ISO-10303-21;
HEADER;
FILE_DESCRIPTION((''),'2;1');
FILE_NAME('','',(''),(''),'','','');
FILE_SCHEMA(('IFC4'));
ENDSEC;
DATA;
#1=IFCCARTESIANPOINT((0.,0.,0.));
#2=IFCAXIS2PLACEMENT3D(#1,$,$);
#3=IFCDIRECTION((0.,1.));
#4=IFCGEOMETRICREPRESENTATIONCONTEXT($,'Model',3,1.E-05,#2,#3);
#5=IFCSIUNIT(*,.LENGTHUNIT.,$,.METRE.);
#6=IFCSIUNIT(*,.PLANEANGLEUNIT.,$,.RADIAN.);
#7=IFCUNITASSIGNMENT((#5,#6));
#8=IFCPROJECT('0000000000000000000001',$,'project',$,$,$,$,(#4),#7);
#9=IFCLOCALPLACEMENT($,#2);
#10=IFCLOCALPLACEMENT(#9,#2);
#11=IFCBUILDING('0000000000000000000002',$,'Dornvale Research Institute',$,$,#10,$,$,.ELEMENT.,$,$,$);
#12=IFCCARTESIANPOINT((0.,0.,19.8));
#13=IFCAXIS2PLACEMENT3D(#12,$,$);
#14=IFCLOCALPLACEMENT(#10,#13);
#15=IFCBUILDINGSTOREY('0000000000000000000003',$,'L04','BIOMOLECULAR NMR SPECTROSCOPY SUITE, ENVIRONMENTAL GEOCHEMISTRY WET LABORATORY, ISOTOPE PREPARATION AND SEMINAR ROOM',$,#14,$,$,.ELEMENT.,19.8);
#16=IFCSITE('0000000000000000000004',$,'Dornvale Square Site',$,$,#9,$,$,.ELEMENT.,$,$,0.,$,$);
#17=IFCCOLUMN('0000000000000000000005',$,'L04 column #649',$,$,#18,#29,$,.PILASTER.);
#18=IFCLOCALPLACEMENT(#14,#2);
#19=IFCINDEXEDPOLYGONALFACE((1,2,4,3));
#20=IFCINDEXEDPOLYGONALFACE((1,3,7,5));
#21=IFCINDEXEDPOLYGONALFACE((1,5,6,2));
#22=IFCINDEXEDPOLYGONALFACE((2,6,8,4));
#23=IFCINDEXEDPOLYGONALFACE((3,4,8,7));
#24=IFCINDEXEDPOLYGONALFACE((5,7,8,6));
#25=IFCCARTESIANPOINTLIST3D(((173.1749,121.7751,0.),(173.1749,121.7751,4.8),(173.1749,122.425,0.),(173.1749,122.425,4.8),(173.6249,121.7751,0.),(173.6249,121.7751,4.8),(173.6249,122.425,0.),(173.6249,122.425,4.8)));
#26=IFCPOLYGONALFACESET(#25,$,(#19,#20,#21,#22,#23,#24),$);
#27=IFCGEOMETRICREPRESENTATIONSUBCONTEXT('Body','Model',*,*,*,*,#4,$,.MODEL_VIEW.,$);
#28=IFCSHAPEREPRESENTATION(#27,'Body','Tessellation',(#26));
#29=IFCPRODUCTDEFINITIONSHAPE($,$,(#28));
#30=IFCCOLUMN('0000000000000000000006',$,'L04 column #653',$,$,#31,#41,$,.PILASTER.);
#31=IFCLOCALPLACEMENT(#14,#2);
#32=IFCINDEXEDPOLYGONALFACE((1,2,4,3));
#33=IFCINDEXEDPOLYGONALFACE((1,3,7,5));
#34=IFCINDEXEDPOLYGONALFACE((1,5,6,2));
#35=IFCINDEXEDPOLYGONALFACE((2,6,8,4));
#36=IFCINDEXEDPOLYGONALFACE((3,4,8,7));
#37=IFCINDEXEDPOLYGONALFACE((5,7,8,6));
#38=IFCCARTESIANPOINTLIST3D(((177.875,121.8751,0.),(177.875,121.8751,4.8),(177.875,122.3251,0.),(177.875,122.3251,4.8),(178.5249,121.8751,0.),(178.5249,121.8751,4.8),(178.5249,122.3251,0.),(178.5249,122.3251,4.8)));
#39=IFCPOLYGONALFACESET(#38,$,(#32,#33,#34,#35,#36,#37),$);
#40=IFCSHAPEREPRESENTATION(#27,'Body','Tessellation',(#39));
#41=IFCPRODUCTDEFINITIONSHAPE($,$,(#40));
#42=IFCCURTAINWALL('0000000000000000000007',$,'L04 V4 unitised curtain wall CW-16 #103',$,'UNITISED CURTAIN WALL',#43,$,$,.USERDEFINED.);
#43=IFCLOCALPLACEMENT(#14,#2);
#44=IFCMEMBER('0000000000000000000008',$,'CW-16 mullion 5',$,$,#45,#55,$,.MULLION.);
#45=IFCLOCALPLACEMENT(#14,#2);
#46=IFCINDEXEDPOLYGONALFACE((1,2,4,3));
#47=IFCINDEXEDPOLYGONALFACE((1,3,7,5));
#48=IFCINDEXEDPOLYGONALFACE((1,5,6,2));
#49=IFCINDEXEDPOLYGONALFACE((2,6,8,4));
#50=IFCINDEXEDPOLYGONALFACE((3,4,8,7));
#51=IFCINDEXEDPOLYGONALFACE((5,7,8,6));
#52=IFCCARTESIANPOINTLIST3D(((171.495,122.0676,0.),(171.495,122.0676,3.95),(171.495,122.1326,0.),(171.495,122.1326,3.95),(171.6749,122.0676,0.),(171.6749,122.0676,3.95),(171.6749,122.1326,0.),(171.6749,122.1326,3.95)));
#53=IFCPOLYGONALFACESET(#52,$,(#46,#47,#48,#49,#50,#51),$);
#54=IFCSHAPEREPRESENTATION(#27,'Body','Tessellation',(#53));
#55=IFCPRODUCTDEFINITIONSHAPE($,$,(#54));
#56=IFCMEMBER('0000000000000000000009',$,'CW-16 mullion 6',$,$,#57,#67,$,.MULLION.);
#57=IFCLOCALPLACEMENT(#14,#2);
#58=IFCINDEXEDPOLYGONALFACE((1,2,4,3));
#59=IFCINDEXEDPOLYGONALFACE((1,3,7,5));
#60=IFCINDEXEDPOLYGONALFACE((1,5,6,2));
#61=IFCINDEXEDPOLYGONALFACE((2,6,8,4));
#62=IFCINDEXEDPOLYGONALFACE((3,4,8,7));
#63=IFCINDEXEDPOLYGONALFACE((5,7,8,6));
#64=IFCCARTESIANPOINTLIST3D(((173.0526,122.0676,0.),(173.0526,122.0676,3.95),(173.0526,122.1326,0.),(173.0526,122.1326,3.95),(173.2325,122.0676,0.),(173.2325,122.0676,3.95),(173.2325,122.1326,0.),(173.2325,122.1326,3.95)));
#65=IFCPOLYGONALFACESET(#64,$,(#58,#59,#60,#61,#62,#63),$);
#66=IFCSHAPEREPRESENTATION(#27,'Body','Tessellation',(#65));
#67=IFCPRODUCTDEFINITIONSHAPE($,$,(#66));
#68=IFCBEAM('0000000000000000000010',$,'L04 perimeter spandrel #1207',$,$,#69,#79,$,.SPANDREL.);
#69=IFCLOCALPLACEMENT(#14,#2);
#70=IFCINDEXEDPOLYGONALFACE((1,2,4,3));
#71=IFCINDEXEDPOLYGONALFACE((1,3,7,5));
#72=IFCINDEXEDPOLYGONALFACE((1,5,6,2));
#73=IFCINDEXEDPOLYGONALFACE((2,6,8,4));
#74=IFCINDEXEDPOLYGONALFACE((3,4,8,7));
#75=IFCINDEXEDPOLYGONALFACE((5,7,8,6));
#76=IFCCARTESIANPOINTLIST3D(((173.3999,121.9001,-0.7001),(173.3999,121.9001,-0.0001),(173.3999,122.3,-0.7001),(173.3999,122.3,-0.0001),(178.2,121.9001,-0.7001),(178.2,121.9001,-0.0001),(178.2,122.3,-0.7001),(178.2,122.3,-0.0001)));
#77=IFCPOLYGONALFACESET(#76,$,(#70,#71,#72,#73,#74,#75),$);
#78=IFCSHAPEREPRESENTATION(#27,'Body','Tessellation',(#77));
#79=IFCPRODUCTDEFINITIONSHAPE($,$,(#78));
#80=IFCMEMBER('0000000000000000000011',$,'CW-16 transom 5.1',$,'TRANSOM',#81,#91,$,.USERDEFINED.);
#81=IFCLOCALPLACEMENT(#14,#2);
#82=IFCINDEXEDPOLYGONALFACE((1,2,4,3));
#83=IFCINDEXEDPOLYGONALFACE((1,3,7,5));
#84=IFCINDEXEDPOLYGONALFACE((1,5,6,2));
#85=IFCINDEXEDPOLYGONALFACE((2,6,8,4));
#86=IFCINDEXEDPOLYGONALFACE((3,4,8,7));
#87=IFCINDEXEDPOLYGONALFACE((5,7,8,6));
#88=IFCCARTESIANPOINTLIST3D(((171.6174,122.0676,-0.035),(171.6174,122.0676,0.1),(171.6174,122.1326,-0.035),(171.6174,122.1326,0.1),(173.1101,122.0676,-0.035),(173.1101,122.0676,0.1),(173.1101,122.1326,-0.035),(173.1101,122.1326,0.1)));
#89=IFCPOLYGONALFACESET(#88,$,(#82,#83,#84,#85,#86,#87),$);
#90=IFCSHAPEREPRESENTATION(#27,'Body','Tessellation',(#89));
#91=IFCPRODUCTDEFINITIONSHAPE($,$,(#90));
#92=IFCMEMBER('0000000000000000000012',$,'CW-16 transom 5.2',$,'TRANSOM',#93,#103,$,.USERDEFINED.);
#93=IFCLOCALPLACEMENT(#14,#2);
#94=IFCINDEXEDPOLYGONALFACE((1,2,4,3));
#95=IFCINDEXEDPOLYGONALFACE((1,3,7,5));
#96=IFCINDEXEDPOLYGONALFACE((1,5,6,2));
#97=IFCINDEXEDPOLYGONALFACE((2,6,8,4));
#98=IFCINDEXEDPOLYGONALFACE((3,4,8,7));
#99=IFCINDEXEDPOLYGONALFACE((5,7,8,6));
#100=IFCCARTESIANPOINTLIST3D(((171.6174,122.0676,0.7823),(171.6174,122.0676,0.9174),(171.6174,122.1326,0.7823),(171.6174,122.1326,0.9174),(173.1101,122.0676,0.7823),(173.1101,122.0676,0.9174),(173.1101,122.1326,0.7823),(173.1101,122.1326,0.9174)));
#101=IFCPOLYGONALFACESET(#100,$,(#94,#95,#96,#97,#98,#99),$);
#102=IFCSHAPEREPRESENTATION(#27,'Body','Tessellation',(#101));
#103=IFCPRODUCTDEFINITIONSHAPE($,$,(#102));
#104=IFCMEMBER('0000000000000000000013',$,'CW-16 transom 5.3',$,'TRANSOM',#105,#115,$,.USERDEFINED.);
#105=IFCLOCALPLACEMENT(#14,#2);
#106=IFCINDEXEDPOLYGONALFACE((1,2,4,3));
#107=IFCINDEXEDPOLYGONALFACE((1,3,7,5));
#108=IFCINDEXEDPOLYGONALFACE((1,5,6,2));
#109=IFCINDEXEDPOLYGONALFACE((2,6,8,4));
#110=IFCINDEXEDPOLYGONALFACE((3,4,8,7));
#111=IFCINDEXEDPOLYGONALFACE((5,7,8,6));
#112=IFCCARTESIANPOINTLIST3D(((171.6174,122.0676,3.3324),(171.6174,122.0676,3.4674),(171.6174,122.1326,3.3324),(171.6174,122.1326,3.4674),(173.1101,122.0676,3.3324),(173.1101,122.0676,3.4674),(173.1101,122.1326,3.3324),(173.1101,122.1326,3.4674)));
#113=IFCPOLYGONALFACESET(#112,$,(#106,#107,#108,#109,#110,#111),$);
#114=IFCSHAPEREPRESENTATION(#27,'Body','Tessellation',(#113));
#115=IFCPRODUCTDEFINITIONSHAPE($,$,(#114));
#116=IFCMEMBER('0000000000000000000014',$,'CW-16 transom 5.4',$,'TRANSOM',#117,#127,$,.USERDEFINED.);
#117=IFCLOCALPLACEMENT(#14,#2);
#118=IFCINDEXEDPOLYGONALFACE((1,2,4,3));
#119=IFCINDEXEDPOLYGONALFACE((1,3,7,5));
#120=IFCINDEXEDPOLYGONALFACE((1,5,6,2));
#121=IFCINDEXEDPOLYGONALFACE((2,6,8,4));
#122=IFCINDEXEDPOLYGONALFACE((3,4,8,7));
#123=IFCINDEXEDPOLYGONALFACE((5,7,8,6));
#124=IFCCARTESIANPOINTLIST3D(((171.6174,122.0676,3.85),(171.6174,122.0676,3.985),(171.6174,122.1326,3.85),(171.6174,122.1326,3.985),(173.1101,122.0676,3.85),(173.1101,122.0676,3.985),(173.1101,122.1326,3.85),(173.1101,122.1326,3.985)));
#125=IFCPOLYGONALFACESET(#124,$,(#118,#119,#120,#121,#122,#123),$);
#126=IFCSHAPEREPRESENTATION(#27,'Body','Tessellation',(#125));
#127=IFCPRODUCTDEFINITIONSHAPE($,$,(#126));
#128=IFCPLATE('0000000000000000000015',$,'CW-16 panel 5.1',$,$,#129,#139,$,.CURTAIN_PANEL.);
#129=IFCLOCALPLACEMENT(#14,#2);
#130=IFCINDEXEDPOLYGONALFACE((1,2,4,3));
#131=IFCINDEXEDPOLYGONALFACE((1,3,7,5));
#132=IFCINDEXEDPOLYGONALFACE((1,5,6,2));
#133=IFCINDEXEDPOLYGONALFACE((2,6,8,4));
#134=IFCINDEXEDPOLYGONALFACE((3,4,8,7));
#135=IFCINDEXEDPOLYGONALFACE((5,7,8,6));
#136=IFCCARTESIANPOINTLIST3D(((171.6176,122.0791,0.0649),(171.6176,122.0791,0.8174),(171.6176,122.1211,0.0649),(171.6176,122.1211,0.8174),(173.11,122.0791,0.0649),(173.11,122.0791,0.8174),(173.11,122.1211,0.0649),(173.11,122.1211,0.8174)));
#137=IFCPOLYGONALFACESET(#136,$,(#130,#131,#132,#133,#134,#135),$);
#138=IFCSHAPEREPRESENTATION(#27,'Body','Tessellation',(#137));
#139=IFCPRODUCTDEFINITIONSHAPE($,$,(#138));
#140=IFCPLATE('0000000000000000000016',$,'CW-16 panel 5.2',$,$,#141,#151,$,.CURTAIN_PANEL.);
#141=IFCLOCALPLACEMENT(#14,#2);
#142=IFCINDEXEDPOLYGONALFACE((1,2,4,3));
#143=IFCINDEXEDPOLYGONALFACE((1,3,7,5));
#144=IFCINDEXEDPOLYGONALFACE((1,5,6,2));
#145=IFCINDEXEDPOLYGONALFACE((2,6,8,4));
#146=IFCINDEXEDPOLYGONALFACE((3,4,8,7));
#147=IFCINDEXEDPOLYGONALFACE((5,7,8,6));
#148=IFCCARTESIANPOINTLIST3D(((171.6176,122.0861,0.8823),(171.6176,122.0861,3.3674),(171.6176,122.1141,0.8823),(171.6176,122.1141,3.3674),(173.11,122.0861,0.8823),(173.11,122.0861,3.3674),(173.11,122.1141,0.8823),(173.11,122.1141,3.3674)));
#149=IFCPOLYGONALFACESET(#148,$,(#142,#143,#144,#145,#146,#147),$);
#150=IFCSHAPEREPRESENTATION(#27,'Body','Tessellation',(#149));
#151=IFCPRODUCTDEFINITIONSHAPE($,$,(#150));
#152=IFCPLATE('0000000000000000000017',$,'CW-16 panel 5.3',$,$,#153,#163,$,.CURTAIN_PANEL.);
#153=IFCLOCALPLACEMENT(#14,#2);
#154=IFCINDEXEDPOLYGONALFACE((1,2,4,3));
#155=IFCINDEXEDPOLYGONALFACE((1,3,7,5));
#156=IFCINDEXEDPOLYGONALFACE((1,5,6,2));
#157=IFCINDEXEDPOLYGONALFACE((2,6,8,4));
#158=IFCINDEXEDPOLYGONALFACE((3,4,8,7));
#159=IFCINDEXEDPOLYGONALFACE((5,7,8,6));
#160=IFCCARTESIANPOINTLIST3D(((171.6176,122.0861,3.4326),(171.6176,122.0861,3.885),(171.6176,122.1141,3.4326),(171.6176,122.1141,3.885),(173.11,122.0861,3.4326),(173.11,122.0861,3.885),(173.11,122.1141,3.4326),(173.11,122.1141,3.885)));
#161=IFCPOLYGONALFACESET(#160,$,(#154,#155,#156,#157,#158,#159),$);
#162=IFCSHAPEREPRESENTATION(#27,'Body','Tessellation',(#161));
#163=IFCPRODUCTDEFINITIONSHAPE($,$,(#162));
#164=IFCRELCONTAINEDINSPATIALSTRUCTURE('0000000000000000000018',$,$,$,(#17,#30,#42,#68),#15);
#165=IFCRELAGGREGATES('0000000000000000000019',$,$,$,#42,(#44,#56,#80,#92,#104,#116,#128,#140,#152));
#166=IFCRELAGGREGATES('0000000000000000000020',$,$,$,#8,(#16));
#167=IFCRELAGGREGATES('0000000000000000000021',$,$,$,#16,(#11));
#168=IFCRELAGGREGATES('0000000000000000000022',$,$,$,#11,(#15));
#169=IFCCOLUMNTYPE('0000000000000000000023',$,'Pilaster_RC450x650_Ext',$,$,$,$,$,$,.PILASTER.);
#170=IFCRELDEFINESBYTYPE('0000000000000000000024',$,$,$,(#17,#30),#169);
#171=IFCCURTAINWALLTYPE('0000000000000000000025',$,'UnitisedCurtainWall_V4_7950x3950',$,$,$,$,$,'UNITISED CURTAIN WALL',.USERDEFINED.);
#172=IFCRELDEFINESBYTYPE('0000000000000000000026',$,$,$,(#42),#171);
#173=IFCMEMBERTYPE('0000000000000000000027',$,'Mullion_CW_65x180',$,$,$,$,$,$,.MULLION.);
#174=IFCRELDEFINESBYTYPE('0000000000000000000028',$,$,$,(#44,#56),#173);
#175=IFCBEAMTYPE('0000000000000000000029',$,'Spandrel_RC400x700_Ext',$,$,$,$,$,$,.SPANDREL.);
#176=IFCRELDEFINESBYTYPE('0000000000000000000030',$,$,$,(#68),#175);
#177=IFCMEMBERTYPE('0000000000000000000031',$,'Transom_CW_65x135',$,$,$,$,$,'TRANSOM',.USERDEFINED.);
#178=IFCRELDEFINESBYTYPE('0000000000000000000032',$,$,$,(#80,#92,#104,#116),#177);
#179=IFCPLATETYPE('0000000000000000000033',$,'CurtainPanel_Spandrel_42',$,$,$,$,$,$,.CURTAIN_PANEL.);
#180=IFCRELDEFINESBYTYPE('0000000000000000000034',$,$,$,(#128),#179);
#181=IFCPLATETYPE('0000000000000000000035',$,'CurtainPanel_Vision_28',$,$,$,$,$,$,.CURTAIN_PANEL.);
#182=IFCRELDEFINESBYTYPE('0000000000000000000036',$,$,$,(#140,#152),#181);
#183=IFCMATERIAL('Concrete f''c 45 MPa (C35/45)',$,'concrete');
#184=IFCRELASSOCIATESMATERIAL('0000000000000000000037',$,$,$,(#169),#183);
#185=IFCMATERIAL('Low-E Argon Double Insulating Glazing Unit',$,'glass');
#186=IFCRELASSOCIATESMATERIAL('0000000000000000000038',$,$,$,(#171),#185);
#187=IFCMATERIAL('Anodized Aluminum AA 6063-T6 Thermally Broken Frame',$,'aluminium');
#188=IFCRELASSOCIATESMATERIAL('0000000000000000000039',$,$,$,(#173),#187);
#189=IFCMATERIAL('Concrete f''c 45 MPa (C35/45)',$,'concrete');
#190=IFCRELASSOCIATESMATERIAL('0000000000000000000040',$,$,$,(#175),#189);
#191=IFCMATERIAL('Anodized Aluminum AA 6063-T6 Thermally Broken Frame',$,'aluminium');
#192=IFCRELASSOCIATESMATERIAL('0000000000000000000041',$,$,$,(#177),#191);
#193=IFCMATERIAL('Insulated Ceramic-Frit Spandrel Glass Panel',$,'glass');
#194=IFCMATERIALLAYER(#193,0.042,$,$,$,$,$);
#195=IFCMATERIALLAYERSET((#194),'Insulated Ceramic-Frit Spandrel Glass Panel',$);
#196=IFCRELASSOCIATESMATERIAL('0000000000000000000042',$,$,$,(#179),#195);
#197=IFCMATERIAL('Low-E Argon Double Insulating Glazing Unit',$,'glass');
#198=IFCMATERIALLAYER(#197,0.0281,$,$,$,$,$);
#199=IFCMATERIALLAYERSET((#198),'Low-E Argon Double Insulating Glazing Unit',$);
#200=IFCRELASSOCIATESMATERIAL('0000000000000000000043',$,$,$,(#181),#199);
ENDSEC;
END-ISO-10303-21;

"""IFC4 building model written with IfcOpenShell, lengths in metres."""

from ifc_helpers import new_model, si_unit, direction, frame, origin, origin_2d, place, context, subcontext, project, spatial, rectangle, extrude, material, layer, layer_set, material_profile, profile_set, type_object, element, aggregate, save


model = new_model("IFC4")

# Units and contexts
model_context = context("Model", 3, precision=1e-05, world=origin(), true_north=direction((0.0, 1.0)))
body_context = subcontext(model_context, "Body", "Model", "MODEL_VIEW")
ifc_project = project(units=[si_unit("LENGTHUNIT", "METRE"), si_unit("PLANEANGLEUNIT", "RADIAN")], contexts=[model_context])

# Site, building, storey
site_placement = place(None, origin())
site = spatial("IfcSite", under=ifc_project, at=site_placement, Name="Dornvale Square Site", CompositionType="ELEMENT", RefElevation=0.0)
building_placement = place(site_placement, origin())
building = spatial("IfcBuilding", under=site, at=building_placement, Name="Dornvale Research Institute", CompositionType="ELEMENT")
storey_placement = place(building_placement, frame((0.0, 0.0, 19.8)))
storey = spatial("IfcBuildingStorey", under=building, at=storey_placement, Name="L04", Description="BIOMOLECULAR NMR SPECTROSCOPY SUITE, ENVIRONMENTAL GEOCHEMISTRY WET LABORATORY, ISOTOPE PREPARATION AND SEMINAR ROOM", CompositionType="ELEMENT", Elevation=19.8)

# Columns
ifc_material_1 = material(Name="Concrete f'c 45 MPa (C35/45)", Category="concrete")
ifc_material_profile_1 = material_profile(ifc_material_1, rectangle(XDim=0.45, YDim=0.6499, at=origin_2d()), Name="RC 450x650")
ifc_profile_set_1 = profile_set([ifc_material_profile_1], Name="Concrete f'c 45 MPa (C35/45)")
column_type = type_object("IfcColumnType", Name="Pilaster_RC450x650_Ext", PredefinedType="PILASTER", material=ifc_profile_set_1)
for number, where, z_axis, x_axis, name in (
    (1, (173.3999, 122.1001, 0.0), (0.0, 0.0, 1.0), (1.0, 0.0, 0.0), "L04 column #649"),
    (2, (178.2, 122.1001, 0.0), (0.0, 0.0, 1.0), (0.0, 1.0, 0.0), "L04 column #653"),
):
    element("IfcColumn", number, at=place(storey_placement, frame(where, z_axis=z_axis, x_axis=x_axis)), inside=storey, type_object=column_type, Name=name, PredefinedType="PILASTER", context=body_context, shape_type="SweptSolid", body=[
        extrude(rectangle(XDim=0.45, YDim=0.6499, at=origin_2d()), origin(), (0.0, 0.0, 1.0), 4.8),
    ])

# Curtain wall, members
ifc_material_2 = material(Name="Low-E Argon Double Insulating Glazing Unit", Category="glass")
curtain_wall_type = type_object("IfcCurtainWallType", Name="UnitisedCurtainWall_V4_7950x3950", ElementType="UNITISED CURTAIN WALL", PredefinedType="USERDEFINED", material=ifc_material_2)
curtain_wall_placement = place(storey_placement, origin())
curtain_wall = element("IfcCurtainWall", 3, at=curtain_wall_placement, inside=storey, type_object=curtain_wall_type, Name="L04 V4 unitised curtain wall CW-16 #103", ObjectType="UNITISED CURTAIN WALL", PredefinedType="USERDEFINED")
ifc_material_3 = material(Name="Anodized Aluminum AA 6063-T6 Thermally Broken Frame", Category="aluminium")
ifc_material_profile_2 = material_profile(ifc_material_3, rectangle(XDim=0.0649, YDim=0.1799, at=origin_2d()), Name="ALU MULLION 65x180")
ifc_profile_set_2 = profile_set([ifc_material_profile_2], Name="Anodized Aluminum AA 6063-T6 Thermally Broken Frame")
member_type_1 = type_object("IfcMemberType", Name="Mullion_CW_65x180", PredefinedType="MULLION", material=ifc_profile_set_2)
member_1_placement = place(storey_placement, frame((171.585, 122.1001, 0.0), z_axis=(0.0, 0.0, 1.0), x_axis=(0.0, 1.0, 0.0)))
member_1 = element("IfcMember", 4, at=member_1_placement, type_object=member_type_1, Name="CW-16 mullion 5", PredefinedType="MULLION", context=body_context, shape_type="SweptSolid", body=[
    extrude(rectangle(XDim=0.0649, YDim=0.1799, at=origin_2d()), origin(), (0.0, 0.0, 1.0), 3.95),
])
member_2_placement = place(storey_placement, frame((173.1426, 122.1001, 0.0), z_axis=(0.0, 0.0, 1.0), x_axis=(0.0, 1.0, 0.0)))
member_2 = element("IfcMember", 5, at=member_2_placement, type_object=member_type_1, Name="CW-16 mullion 6", PredefinedType="MULLION", context=body_context, shape_type="SweptSolid", body=[
    extrude(rectangle(XDim=0.0649, YDim=0.1799, at=origin_2d()), origin(), (0.0, 0.0, 1.0), 3.95),
])

# Beam
ifc_material_4 = material(Name="Concrete f'c 45 MPa (C35/45)", Category="concrete")
ifc_material_profile_3 = material_profile(ifc_material_4, rectangle(XDim=0.3999, YDim=0.7, at=origin_2d()), Name="RC 400x700")
ifc_profile_set_3 = profile_set([ifc_material_profile_3], Name="Concrete f'c 45 MPa (C35/45)")
beam_type = type_object("IfcBeamType", Name="Spandrel_RC400x700_Ext", PredefinedType="SPANDREL", material=ifc_profile_set_3)
beam_placement = place(storey_placement, frame((173.3999, 122.1001, -0.3501), z_axis=(1.0, 0.0, 0.0), x_axis=(0.0, 1.0, 0.0)))
element("IfcBeam", 6, at=beam_placement, inside=storey, type_object=beam_type, Name="L04 perimeter spandrel #1207", PredefinedType="SPANDREL", context=body_context, shape_type="SweptSolid", body=[
    extrude(rectangle(XDim=0.3999, YDim=0.7, at=origin_2d()), origin(), (0.0, 0.0, 1.0), 4.8),
])

# Members
ifc_material_5 = material(Name="Anodized Aluminum AA 6063-T6 Thermally Broken Frame", Category="aluminium")
ifc_material_profile_4 = material_profile(ifc_material_5, rectangle(XDim=0.0649, YDim=0.135, at=origin_2d()), Name="ALU TRANSOM 65x135")
ifc_profile_set_4 = profile_set([ifc_material_profile_4], Name="Anodized Aluminum AA 6063-T6 Thermally Broken Frame")
member_type_2 = type_object("IfcMemberType", Name="Transom_CW_65x135", ElementType="TRANSOM", PredefinedType="USERDEFINED", material=ifc_profile_set_4)
member_3_placement = place(storey_placement, frame((171.6174, 122.1001, 0.0325), z_axis=(1.0, 0.0, 0.0), x_axis=(0.0, 1.0, 0.0)))
member_3 = element("IfcMember", 7, at=member_3_placement, type_object=member_type_2, Name="CW-16 transom 5.1", ObjectType="TRANSOM", PredefinedType="USERDEFINED", context=body_context, shape_type="SweptSolid", body=[
    extrude(rectangle(XDim=0.0649, YDim=0.135, at=origin_2d()), origin(), (0.0, 0.0, 1.0), 1.4927),
])
member_4_placement = place(storey_placement, frame((171.6174, 122.1001, 0.8499), z_axis=(1.0, 0.0, 0.0), x_axis=(0.0, 1.0, 0.0)))
member_4 = element("IfcMember", 8, at=member_4_placement, type_object=member_type_2, Name="CW-16 transom 5.2", ObjectType="TRANSOM", PredefinedType="USERDEFINED", context=body_context, shape_type="SweptSolid", body=[
    extrude(rectangle(XDim=0.0649, YDim=0.135, at=origin_2d()), origin(), (0.0, 0.0, 1.0), 1.4927),
])
member_5_placement = place(storey_placement, frame((171.6174, 122.1001, 3.3999), z_axis=(1.0, 0.0, 0.0), x_axis=(0.0, 1.0, 0.0)))
member_5 = element("IfcMember", 9, at=member_5_placement, type_object=member_type_2, Name="CW-16 transom 5.3", ObjectType="TRANSOM", PredefinedType="USERDEFINED", context=body_context, shape_type="SweptSolid", body=[
    extrude(rectangle(XDim=0.0649, YDim=0.135, at=origin_2d()), origin(), (0.0, 0.0, 1.0), 1.4927),
])
member_6_placement = place(storey_placement, frame((171.6174, 122.1001, 3.9175), z_axis=(1.0, 0.0, 0.0), x_axis=(0.0, 1.0, 0.0)))
member_6 = element("IfcMember", 10, at=member_6_placement, type_object=member_type_2, Name="CW-16 transom 5.4", ObjectType="TRANSOM", PredefinedType="USERDEFINED", context=body_context, shape_type="SweptSolid", body=[
    extrude(rectangle(XDim=0.0649, YDim=0.135, at=origin_2d()), origin(), (0.0, 0.0, 1.0), 1.4927),
])

# Plates
ifc_material_6 = material(Name="Insulated Ceramic-Frit Spandrel Glass Panel", Category="glass")
ifc_layer_1 = layer(ifc_material_6, 0.042)
ifc_layer_set_1 = layer_set([ifc_layer_1], Name="Insulated Ceramic-Frit Spandrel Glass Panel")
plate_type_1 = type_object("IfcPlateType", Name="CurtainPanel_Spandrel_42", PredefinedType="CURTAIN_PANEL", material=ifc_layer_set_1)
plate_1_placement = place(storey_placement, frame((172.3638, 122.1001, 0.0649), z_axis=(0.0, 0.0, 1.0), x_axis=(1.0, 0.0, 0.0)))
plate_1 = element("IfcPlate", 11, at=plate_1_placement, type_object=plate_type_1, Name="CW-16 panel 5.1", PredefinedType="CURTAIN_PANEL", context=body_context, shape_type="SweptSolid", body=[
    extrude(rectangle(XDim=1.4924, YDim=0.042, at=origin_2d()), origin(), (0.0, 0.0, 1.0), 0.7524),
])
ifc_material_7 = material(Name="Low-E Argon Double Insulating Glazing Unit", Category="glass")
ifc_layer_2 = layer(ifc_material_7, 0.0281)
ifc_layer_set_2 = layer_set([ifc_layer_2], Name="Low-E Argon Double Insulating Glazing Unit")
plate_type_2 = type_object("IfcPlateType", Name="CurtainPanel_Vision_28", PredefinedType="CURTAIN_PANEL", material=ifc_layer_set_2)
plate_2_placement = place(storey_placement, frame((172.3638, 122.1001, 0.8823), z_axis=(0.0, 0.0, 1.0), x_axis=(1.0, 0.0, 0.0)))
plate_2 = element("IfcPlate", 12, at=plate_2_placement, type_object=plate_type_2, Name="CW-16 panel 5.2", PredefinedType="CURTAIN_PANEL", context=body_context, shape_type="SweptSolid", body=[
    extrude(rectangle(XDim=1.4924, YDim=0.0281, at=origin_2d()), origin(), (0.0, 0.0, 1.0), 2.4851),
])
plate_3_placement = place(storey_placement, frame((172.3638, 122.1001, 3.4326), z_axis=(0.0, 0.0, 1.0), x_axis=(1.0, 0.0, 0.0)))
plate_3 = element("IfcPlate", 13, at=plate_3_placement, type_object=plate_type_2, Name="CW-16 panel 5.3", PredefinedType="CURTAIN_PANEL", context=body_context, shape_type="SweptSolid", body=[
    extrude(rectangle(XDim=1.4924, YDim=0.0281, at=origin_2d()), origin(), (0.0, 0.0, 1.0), 0.4524),
])
aggregate(curtain_wall, [member_1, member_2, member_3, member_4, member_5, member_6, plate_1, plate_2, plate_3])

save(model, "model.ifc")
